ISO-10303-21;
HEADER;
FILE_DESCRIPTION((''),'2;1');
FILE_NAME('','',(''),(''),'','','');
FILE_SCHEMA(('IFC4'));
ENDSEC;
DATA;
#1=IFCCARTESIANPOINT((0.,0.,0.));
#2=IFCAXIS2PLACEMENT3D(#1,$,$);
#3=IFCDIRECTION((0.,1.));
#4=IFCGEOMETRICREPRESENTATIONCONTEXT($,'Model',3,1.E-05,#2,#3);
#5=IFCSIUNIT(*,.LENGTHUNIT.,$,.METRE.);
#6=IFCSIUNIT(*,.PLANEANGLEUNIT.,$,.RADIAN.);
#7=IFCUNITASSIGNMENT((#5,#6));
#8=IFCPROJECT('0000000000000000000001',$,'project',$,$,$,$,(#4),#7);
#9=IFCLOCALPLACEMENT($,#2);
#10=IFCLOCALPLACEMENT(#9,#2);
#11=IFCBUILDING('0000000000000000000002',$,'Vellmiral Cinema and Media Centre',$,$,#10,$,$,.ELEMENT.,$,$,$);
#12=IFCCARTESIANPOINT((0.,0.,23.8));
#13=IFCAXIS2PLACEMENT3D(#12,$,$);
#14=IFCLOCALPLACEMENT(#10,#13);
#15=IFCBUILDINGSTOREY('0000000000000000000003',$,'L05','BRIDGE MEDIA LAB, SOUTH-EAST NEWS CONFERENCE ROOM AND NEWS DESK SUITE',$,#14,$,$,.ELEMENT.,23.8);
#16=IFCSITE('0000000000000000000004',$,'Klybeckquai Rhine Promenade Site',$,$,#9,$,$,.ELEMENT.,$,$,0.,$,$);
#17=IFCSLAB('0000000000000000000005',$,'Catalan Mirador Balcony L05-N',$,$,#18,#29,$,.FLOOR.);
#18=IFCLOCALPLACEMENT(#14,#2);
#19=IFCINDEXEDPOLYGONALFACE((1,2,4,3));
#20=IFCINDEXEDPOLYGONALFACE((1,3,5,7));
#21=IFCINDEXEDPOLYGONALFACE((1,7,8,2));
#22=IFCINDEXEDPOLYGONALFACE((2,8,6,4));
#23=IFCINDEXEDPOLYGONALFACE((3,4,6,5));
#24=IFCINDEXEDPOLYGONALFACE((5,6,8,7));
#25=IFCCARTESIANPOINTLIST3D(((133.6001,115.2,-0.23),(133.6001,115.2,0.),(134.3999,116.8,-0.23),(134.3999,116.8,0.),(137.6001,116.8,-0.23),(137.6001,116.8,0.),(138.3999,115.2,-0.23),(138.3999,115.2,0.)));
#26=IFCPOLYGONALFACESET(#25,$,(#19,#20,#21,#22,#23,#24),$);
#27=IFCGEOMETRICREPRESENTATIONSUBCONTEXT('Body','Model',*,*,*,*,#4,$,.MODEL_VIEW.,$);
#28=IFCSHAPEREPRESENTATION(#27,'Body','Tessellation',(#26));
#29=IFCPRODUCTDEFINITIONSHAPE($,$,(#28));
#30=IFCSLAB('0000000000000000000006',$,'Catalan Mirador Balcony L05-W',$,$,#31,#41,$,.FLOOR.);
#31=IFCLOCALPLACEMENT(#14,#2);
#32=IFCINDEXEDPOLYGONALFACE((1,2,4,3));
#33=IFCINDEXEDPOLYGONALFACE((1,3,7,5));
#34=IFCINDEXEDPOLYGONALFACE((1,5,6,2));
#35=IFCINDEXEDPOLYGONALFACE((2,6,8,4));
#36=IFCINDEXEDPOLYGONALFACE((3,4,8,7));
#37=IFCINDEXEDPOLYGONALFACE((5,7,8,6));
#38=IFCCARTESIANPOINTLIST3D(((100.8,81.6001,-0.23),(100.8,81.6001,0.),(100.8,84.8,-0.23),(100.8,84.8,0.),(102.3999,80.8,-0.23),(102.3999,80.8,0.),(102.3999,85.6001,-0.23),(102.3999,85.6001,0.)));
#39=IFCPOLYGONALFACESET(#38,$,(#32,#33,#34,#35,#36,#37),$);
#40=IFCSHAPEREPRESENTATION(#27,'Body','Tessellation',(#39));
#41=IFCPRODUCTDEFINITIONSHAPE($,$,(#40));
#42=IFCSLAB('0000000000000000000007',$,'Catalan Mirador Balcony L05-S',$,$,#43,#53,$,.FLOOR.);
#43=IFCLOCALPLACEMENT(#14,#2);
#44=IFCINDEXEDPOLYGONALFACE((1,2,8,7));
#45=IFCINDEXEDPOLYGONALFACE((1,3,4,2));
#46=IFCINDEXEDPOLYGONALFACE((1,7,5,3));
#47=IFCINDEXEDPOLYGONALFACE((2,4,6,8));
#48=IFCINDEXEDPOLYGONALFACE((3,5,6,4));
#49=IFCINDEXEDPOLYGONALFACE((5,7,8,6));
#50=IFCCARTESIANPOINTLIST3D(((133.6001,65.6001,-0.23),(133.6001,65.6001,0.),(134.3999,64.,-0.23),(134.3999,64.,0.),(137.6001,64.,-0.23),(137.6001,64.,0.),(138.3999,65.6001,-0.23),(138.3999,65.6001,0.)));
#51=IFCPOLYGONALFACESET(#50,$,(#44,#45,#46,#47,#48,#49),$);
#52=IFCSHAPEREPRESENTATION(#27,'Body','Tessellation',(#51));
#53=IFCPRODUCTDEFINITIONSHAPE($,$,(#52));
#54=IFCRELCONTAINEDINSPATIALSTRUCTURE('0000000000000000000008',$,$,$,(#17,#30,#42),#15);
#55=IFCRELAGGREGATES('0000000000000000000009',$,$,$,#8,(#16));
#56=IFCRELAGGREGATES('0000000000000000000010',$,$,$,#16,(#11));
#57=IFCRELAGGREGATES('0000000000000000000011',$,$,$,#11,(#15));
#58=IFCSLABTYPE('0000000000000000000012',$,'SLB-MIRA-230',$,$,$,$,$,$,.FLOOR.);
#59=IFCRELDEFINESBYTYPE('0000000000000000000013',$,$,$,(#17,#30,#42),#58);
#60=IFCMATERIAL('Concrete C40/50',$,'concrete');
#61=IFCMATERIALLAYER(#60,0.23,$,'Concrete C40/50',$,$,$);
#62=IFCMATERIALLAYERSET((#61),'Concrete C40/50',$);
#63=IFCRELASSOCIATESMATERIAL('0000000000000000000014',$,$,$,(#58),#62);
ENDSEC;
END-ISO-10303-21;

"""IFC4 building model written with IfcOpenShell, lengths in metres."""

from ifc_helpers import new_model, si_unit, direction, frame, origin, place, context, subcontext, project, spatial, polyline, outline, extrude, material, layer, layer_set, type_object, element, save


model = new_model("IFC4")

# Units and contexts
model_context = context("Model", 3, precision=1e-05, world=origin(), true_north=direction((0.0, 1.0)))
body_context = subcontext(model_context, "Body", "Model", "MODEL_VIEW")
ifc_project = project(units=[si_unit("LENGTHUNIT", "METRE"), si_unit("PLANEANGLEUNIT", "RADIAN")], contexts=[model_context])

# Site, building, storey
site_placement = place(None, origin())
site = spatial("IfcSite", under=ifc_project, at=site_placement, Name="Klybeckquai Rhine Promenade Site", CompositionType="ELEMENT", RefElevation=0.0)
building_placement = place(site_placement, origin())
building = spatial("IfcBuilding", under=site, at=building_placement, Name="Vellmiral Cinema and Media Centre", CompositionType="ELEMENT")
storey_placement = place(building_placement, frame((0.0, 0.0, 23.8)))
storey = spatial("IfcBuildingStorey", under=building, at=storey_placement, Name="L05", Description="BRIDGE MEDIA LAB, SOUTH-EAST NEWS CONFERENCE ROOM AND NEWS DESK SUITE", CompositionType="ELEMENT", Elevation=23.8)

# Slabs
ifc_material_1 = material(Name="Concrete C40/50", Category="concrete")
ifc_layer_1 = layer(ifc_material_1, 0.23, Name="Concrete C40/50")
ifc_layer_set_1 = layer_set([ifc_layer_1], Name="Concrete C40/50")
slab_type_1 = type_object("IfcSlabType", Name="SLB-MIRA-230", PredefinedType="FLOOR", material=ifc_layer_set_1)
slab_1_placement = place(storey_placement, frame((0.0, 0.0, -0.23)))
element("IfcSlab", 1, at=slab_1_placement, inside=storey, type_object=slab_type_1, Name="Catalan Mirador Balcony L05-N", PredefinedType="FLOOR", context=body_context, shape_type="SweptSolid", body=[
    extrude(outline(polyline([(133.6001, 115.2), (138.3999, 115.2), (137.6001, 116.8), (134.3999, 116.8), (133.6001, 115.2)])), origin(), (0.0, 0.0, 1.0), 0.23),
])
slab_2_placement = place(storey_placement, frame((0.0, 0.0, -0.23)))
element("IfcSlab", 2, at=slab_2_placement, inside=storey, type_object=slab_type_1, Name="Catalan Mirador Balcony L05-W", PredefinedType="FLOOR", context=body_context, shape_type="SweptSolid", body=[
    extrude(outline(polyline([(102.3999, 80.8), (102.3999, 85.6001), (100.8, 84.8), (100.8, 81.6001), (102.3999, 80.8)])), origin(), (0.0, 0.0, 1.0), 0.23),
])
slab_3_placement = place(storey_placement, frame((0.0, 0.0, -0.23)))
element("IfcSlab", 3, at=slab_3_placement, inside=storey, type_object=slab_type_1, Name="Catalan Mirador Balcony L05-S", PredefinedType="FLOOR", context=body_context, shape_type="SweptSolid", body=[
    extrude(outline(polyline([(133.6001, 65.6001), (134.3999, 64.0), (137.6001, 64.0), (138.3999, 65.6001), (133.6001, 65.6001)])), origin(), (0.0, 0.0, 1.0), 0.23),
])

save(model, "model.ifc")
